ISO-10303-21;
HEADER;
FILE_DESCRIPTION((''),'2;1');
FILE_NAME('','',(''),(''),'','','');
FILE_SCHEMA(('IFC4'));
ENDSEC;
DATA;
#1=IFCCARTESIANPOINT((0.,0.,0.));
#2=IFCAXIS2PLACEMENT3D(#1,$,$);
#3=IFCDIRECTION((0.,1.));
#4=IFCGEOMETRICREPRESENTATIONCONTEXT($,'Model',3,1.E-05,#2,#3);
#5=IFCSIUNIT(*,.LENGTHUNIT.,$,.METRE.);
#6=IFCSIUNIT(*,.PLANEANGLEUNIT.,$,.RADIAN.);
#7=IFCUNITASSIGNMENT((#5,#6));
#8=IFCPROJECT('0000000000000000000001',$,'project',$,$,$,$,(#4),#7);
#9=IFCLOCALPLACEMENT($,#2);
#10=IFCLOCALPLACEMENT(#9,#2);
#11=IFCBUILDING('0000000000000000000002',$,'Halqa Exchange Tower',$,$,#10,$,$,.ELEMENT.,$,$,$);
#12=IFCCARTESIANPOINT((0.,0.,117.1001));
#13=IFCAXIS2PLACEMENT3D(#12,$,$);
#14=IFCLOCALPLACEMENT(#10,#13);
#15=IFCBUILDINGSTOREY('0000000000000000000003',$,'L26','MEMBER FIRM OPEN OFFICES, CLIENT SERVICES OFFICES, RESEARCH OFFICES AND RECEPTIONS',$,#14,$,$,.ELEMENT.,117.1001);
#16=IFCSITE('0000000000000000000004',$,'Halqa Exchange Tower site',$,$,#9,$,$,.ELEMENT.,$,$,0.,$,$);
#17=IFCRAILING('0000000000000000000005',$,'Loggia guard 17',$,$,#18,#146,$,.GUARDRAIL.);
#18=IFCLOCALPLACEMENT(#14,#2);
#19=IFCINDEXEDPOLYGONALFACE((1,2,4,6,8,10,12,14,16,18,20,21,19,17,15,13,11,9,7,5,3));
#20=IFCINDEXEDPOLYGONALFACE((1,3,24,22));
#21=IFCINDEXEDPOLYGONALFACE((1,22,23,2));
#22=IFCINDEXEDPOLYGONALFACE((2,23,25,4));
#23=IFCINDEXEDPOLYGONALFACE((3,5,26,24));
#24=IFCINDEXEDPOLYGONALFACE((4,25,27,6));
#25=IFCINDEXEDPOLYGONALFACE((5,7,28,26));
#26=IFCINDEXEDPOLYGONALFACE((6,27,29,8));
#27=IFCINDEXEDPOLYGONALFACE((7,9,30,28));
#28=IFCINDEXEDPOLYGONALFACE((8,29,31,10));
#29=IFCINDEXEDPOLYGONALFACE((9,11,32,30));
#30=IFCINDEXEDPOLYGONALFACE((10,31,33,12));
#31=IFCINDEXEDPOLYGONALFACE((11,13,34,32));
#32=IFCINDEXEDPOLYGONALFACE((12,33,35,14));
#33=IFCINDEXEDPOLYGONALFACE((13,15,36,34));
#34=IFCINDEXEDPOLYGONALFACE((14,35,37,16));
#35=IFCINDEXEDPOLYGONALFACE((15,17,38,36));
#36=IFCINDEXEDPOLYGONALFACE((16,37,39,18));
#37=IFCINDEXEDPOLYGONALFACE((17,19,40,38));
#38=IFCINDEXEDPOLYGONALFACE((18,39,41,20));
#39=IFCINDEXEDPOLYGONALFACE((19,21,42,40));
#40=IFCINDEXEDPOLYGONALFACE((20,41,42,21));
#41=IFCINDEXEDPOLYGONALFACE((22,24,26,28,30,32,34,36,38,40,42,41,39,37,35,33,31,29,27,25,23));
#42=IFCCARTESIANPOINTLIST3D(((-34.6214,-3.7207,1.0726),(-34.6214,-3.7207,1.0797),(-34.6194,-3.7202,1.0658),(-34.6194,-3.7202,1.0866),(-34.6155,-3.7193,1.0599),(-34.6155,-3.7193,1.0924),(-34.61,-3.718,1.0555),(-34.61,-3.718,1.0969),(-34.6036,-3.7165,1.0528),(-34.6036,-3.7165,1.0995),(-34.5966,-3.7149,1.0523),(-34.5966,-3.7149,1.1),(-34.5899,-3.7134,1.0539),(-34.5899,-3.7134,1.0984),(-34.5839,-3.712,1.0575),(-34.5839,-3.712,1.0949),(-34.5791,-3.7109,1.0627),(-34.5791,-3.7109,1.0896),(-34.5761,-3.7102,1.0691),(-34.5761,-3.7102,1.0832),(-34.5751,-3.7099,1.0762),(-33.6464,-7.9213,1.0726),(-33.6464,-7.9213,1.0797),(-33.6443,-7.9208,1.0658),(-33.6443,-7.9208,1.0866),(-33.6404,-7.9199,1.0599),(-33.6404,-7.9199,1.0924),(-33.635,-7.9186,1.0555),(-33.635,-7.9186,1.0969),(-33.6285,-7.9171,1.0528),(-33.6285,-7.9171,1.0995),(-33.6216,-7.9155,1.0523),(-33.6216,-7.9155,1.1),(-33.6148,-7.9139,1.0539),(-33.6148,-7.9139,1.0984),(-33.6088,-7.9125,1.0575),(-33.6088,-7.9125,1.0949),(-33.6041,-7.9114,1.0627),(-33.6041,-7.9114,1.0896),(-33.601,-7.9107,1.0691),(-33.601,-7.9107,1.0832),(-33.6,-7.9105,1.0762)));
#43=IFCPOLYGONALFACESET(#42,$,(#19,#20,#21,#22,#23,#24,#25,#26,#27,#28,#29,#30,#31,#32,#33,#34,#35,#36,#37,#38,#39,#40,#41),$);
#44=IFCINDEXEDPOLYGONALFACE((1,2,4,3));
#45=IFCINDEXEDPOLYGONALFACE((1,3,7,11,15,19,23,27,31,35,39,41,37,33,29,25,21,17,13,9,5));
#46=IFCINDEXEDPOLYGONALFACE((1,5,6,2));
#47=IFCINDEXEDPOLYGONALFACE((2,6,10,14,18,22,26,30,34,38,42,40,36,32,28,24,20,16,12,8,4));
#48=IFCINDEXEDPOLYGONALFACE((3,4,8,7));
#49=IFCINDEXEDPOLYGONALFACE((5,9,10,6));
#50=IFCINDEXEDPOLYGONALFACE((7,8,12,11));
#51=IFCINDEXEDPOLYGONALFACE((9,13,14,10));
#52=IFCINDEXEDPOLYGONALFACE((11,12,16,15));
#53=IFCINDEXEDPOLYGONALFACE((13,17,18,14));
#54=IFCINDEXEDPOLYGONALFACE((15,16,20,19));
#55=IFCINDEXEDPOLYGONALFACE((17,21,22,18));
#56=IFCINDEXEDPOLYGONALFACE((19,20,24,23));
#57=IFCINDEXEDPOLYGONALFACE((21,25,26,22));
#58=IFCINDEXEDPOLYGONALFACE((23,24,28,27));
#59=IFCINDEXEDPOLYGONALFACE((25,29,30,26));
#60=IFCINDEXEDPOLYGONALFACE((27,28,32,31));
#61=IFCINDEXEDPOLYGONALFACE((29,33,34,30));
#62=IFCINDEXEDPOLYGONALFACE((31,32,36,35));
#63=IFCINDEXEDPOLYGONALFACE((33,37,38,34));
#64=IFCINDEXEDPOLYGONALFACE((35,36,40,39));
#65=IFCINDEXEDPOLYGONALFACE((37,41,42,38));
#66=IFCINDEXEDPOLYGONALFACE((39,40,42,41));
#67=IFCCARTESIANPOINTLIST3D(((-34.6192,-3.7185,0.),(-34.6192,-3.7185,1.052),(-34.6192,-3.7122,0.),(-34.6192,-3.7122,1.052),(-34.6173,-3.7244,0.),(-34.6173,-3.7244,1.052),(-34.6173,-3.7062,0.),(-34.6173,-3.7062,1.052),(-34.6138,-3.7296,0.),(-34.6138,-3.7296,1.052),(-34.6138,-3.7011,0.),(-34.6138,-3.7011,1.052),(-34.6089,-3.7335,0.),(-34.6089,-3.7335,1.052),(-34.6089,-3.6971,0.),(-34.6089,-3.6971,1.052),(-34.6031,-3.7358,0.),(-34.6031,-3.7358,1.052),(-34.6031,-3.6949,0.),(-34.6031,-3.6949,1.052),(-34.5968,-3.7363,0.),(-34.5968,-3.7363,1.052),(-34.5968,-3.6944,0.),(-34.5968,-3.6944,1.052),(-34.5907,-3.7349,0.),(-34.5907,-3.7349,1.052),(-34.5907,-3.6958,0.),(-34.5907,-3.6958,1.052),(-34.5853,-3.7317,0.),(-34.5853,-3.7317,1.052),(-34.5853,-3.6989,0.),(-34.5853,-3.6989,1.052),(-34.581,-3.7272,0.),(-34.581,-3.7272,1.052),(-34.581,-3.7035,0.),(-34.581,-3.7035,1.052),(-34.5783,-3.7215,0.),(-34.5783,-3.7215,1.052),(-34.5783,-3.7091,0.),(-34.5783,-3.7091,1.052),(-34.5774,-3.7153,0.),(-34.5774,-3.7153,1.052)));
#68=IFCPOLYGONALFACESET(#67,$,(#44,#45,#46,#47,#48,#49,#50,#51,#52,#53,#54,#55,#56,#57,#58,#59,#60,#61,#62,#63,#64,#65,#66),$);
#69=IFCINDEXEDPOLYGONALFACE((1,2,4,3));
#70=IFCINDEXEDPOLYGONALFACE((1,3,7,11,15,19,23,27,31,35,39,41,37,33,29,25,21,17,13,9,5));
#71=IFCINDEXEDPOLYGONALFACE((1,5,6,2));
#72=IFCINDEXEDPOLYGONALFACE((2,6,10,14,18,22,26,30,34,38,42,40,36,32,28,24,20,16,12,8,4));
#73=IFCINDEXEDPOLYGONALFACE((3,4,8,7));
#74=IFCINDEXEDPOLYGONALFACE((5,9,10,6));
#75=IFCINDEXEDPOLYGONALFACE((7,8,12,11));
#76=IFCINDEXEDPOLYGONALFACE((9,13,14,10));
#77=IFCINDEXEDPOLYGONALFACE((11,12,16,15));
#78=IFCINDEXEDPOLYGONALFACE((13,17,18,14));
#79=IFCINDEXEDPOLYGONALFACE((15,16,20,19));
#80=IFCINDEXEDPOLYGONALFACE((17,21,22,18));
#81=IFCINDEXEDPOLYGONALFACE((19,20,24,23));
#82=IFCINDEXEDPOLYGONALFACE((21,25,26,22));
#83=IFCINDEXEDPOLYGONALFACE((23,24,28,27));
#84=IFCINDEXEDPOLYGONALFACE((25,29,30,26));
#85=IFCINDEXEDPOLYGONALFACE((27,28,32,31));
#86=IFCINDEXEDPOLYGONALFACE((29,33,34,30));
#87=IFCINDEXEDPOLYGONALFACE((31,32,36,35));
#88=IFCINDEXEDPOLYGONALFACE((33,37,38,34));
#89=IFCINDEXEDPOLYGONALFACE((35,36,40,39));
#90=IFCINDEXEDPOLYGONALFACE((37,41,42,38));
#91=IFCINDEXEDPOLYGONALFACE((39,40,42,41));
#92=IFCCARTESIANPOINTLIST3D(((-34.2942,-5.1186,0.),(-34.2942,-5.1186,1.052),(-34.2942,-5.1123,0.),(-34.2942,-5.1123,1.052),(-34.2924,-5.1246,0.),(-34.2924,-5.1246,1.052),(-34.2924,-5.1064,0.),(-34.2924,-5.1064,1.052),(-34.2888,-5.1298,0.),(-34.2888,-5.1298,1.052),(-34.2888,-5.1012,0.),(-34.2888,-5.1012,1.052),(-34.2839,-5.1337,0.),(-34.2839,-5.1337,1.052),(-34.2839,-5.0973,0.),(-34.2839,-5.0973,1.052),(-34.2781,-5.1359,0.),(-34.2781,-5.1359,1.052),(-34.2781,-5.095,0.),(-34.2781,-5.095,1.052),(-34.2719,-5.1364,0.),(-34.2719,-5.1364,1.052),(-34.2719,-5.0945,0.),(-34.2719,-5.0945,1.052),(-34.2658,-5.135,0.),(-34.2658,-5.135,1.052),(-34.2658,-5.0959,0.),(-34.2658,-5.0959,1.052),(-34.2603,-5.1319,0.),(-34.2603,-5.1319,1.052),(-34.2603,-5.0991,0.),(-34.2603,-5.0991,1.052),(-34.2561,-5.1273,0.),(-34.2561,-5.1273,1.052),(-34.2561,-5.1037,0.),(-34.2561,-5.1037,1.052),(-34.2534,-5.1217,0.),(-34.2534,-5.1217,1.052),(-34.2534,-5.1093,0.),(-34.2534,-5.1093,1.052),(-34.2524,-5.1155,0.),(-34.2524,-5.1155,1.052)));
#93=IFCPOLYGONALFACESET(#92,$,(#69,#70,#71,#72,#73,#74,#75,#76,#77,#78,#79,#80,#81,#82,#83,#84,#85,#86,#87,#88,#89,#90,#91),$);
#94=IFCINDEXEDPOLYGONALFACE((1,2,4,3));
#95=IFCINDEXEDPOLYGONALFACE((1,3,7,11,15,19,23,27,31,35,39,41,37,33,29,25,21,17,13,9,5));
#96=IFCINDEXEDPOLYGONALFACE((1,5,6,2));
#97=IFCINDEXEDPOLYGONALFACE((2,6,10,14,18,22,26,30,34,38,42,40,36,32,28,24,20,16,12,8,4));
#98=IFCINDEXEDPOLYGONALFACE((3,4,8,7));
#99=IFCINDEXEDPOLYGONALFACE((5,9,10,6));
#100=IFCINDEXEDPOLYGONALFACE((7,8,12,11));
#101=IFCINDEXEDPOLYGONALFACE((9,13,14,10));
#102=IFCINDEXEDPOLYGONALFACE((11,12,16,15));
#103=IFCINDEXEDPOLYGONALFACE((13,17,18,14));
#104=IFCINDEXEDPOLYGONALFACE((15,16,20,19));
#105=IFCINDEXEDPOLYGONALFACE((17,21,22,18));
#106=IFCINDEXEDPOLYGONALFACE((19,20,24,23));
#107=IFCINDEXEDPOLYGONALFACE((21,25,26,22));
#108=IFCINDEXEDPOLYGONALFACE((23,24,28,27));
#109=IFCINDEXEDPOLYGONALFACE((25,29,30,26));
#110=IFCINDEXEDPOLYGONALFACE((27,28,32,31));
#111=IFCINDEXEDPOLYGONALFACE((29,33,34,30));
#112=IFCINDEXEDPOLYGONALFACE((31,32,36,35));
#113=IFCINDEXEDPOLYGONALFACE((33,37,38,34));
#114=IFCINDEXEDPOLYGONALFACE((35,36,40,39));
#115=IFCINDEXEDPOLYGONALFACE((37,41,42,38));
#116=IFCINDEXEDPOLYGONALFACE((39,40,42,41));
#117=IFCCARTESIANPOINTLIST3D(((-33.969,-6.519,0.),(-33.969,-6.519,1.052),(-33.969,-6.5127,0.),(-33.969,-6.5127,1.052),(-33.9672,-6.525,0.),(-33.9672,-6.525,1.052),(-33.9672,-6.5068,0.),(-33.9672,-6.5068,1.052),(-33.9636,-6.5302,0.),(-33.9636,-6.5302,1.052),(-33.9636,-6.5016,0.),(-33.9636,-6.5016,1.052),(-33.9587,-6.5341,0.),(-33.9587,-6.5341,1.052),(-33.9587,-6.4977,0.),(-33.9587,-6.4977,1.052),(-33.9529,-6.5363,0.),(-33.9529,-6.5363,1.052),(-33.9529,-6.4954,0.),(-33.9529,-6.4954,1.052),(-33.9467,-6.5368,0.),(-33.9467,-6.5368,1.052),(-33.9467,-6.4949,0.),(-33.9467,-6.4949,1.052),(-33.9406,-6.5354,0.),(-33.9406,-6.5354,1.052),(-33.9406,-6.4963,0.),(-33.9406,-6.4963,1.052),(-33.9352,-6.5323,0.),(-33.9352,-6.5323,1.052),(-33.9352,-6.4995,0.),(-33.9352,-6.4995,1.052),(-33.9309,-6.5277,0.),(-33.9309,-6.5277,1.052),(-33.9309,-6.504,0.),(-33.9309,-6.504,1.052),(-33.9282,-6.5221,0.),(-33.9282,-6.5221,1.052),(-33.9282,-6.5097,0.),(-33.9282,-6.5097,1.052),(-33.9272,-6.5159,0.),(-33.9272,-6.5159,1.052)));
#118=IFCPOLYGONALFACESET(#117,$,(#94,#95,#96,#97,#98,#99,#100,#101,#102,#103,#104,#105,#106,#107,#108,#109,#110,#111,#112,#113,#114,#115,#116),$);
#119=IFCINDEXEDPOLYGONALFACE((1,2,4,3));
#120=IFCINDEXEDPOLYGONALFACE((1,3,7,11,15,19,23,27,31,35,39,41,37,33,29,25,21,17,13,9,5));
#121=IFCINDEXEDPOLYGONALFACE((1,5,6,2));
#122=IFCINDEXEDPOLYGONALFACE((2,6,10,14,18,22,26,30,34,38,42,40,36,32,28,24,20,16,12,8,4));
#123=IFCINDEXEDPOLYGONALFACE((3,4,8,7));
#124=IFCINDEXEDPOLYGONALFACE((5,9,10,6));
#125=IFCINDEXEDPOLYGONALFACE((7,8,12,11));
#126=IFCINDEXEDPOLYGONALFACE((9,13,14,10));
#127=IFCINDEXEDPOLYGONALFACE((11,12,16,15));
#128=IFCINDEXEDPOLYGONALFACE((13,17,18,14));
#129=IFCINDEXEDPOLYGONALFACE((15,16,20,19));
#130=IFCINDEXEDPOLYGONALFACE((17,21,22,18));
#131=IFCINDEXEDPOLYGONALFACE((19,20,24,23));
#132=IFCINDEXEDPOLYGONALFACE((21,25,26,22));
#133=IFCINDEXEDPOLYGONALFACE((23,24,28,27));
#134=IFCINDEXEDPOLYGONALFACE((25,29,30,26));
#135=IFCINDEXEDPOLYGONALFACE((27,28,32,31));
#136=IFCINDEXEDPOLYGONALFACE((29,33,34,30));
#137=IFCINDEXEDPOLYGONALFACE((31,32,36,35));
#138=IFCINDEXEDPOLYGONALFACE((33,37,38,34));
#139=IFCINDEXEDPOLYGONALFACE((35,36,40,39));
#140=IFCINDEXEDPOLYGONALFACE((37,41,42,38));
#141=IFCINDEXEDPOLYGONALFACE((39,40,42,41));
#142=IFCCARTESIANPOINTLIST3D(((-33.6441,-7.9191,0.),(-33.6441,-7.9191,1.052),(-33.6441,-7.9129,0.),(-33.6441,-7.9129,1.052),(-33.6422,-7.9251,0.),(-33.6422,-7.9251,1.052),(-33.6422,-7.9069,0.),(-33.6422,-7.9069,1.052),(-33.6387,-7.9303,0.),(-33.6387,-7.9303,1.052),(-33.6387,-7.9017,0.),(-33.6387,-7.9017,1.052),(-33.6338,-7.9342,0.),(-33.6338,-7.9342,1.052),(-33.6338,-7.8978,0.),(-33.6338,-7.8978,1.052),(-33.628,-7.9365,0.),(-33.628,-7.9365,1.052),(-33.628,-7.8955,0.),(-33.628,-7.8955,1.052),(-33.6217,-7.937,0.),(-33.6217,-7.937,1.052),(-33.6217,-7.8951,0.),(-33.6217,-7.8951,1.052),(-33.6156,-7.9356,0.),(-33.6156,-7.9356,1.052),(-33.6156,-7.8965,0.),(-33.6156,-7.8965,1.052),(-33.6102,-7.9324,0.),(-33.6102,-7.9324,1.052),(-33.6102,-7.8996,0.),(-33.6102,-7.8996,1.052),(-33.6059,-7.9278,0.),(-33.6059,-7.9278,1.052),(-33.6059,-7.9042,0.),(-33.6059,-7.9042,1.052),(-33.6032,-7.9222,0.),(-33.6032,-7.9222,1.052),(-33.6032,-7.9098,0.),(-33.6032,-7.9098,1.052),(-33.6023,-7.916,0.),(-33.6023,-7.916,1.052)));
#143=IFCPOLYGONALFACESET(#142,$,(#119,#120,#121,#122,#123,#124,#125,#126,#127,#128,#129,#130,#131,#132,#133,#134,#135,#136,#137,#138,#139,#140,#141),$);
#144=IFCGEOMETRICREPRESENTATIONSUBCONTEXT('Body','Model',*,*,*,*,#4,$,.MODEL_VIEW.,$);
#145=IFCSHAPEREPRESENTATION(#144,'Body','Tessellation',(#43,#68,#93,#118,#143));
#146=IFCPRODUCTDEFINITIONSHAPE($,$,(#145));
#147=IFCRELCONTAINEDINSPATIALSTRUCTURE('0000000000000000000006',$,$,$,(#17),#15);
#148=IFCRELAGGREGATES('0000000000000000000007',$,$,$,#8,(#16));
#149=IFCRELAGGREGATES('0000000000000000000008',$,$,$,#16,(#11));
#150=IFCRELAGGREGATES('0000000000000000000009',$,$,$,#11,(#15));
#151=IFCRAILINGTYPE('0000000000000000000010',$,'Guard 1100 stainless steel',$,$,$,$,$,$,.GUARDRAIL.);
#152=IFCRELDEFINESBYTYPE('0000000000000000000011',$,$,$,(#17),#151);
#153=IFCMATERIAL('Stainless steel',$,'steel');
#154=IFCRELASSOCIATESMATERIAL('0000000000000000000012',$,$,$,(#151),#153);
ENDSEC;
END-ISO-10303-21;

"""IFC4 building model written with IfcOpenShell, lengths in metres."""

from ifc_helpers import new_model, si_unit, direction, frame, origin, origin_2d, place, context, subcontext, project, spatial, circle, extrude, material, type_object, element, save


model = new_model("IFC4")

# Units and contexts
model_context = context("Model", 3, precision=1e-05, world=origin(), true_north=direction((0.0, 1.0)))
body_context = subcontext(model_context, "Body", "Model", "MODEL_VIEW")
ifc_project = project(units=[si_unit("LENGTHUNIT", "METRE"), si_unit("PLANEANGLEUNIT", "RADIAN")], contexts=[model_context])

# Site, building, storey
site_placement = place(None, origin())
site = spatial("IfcSite", under=ifc_project, at=site_placement, Name="Halqa Exchange Tower site", CompositionType="ELEMENT", RefElevation=0.0)
building_placement = place(site_placement, origin())
building = spatial("IfcBuilding", under=site, at=building_placement, Name="Halqa Exchange Tower", CompositionType="ELEMENT")
storey_placement = place(building_placement, frame((0.0, 0.0, 117.1001)))
storey = spatial("IfcBuildingStorey", under=building, at=storey_placement, Name="L26", Description="MEMBER FIRM OPEN OFFICES, CLIENT SERVICES OFFICES, RESEARCH OFFICES AND RECEPTIONS", CompositionType="ELEMENT", Elevation=117.1001)

# Railing
ifc_material_1 = material(Name="Stainless steel", Category="steel")
railing_type = type_object("IfcRailingType", Name="Guard 1100 stainless steel", PredefinedType="GUARDRAIL", material=ifc_material_1)
railing_1_placement = place(storey_placement, frame((-34.5984, -3.7153, 0.0)))
element("IfcRailing", 1, at=railing_1_placement, inside=storey, type_object=railing_type, Name="Loggia guard 17", PredefinedType="GUARDRAIL", context=body_context, shape_type="SweptSolid", body=[
    extrude(circle(Radius=0.0239, at=origin_2d()), frame((0.0, 0.0, 1.0762), z_axis=(0.226116, -0.9741, 0.0), x_axis=(0.9741, 0.226116, 0.0)), (0.0, 0.0, 1.0), 4.3123),
    extrude(circle(Radius=0.021, at=origin_2d()), origin(), (0.0, 0.0, 1.0), 1.052),
    extrude(circle(Radius=0.021, at=origin_2d()), frame((0.325, -1.4001, 0.0)), (0.0, 0.0, 1.0), 1.052),
    extrude(circle(Radius=0.021, at=origin_2d()), frame((0.6501, -2.8005, 0.0)), (0.0, 0.0, 1.0), 1.052),
    extrude(circle(Radius=0.021, at=origin_2d()), frame((0.9751, -4.2007, 0.0)), (0.0, 0.0, 1.0), 1.052),
])

save(model, "model.ifc")
